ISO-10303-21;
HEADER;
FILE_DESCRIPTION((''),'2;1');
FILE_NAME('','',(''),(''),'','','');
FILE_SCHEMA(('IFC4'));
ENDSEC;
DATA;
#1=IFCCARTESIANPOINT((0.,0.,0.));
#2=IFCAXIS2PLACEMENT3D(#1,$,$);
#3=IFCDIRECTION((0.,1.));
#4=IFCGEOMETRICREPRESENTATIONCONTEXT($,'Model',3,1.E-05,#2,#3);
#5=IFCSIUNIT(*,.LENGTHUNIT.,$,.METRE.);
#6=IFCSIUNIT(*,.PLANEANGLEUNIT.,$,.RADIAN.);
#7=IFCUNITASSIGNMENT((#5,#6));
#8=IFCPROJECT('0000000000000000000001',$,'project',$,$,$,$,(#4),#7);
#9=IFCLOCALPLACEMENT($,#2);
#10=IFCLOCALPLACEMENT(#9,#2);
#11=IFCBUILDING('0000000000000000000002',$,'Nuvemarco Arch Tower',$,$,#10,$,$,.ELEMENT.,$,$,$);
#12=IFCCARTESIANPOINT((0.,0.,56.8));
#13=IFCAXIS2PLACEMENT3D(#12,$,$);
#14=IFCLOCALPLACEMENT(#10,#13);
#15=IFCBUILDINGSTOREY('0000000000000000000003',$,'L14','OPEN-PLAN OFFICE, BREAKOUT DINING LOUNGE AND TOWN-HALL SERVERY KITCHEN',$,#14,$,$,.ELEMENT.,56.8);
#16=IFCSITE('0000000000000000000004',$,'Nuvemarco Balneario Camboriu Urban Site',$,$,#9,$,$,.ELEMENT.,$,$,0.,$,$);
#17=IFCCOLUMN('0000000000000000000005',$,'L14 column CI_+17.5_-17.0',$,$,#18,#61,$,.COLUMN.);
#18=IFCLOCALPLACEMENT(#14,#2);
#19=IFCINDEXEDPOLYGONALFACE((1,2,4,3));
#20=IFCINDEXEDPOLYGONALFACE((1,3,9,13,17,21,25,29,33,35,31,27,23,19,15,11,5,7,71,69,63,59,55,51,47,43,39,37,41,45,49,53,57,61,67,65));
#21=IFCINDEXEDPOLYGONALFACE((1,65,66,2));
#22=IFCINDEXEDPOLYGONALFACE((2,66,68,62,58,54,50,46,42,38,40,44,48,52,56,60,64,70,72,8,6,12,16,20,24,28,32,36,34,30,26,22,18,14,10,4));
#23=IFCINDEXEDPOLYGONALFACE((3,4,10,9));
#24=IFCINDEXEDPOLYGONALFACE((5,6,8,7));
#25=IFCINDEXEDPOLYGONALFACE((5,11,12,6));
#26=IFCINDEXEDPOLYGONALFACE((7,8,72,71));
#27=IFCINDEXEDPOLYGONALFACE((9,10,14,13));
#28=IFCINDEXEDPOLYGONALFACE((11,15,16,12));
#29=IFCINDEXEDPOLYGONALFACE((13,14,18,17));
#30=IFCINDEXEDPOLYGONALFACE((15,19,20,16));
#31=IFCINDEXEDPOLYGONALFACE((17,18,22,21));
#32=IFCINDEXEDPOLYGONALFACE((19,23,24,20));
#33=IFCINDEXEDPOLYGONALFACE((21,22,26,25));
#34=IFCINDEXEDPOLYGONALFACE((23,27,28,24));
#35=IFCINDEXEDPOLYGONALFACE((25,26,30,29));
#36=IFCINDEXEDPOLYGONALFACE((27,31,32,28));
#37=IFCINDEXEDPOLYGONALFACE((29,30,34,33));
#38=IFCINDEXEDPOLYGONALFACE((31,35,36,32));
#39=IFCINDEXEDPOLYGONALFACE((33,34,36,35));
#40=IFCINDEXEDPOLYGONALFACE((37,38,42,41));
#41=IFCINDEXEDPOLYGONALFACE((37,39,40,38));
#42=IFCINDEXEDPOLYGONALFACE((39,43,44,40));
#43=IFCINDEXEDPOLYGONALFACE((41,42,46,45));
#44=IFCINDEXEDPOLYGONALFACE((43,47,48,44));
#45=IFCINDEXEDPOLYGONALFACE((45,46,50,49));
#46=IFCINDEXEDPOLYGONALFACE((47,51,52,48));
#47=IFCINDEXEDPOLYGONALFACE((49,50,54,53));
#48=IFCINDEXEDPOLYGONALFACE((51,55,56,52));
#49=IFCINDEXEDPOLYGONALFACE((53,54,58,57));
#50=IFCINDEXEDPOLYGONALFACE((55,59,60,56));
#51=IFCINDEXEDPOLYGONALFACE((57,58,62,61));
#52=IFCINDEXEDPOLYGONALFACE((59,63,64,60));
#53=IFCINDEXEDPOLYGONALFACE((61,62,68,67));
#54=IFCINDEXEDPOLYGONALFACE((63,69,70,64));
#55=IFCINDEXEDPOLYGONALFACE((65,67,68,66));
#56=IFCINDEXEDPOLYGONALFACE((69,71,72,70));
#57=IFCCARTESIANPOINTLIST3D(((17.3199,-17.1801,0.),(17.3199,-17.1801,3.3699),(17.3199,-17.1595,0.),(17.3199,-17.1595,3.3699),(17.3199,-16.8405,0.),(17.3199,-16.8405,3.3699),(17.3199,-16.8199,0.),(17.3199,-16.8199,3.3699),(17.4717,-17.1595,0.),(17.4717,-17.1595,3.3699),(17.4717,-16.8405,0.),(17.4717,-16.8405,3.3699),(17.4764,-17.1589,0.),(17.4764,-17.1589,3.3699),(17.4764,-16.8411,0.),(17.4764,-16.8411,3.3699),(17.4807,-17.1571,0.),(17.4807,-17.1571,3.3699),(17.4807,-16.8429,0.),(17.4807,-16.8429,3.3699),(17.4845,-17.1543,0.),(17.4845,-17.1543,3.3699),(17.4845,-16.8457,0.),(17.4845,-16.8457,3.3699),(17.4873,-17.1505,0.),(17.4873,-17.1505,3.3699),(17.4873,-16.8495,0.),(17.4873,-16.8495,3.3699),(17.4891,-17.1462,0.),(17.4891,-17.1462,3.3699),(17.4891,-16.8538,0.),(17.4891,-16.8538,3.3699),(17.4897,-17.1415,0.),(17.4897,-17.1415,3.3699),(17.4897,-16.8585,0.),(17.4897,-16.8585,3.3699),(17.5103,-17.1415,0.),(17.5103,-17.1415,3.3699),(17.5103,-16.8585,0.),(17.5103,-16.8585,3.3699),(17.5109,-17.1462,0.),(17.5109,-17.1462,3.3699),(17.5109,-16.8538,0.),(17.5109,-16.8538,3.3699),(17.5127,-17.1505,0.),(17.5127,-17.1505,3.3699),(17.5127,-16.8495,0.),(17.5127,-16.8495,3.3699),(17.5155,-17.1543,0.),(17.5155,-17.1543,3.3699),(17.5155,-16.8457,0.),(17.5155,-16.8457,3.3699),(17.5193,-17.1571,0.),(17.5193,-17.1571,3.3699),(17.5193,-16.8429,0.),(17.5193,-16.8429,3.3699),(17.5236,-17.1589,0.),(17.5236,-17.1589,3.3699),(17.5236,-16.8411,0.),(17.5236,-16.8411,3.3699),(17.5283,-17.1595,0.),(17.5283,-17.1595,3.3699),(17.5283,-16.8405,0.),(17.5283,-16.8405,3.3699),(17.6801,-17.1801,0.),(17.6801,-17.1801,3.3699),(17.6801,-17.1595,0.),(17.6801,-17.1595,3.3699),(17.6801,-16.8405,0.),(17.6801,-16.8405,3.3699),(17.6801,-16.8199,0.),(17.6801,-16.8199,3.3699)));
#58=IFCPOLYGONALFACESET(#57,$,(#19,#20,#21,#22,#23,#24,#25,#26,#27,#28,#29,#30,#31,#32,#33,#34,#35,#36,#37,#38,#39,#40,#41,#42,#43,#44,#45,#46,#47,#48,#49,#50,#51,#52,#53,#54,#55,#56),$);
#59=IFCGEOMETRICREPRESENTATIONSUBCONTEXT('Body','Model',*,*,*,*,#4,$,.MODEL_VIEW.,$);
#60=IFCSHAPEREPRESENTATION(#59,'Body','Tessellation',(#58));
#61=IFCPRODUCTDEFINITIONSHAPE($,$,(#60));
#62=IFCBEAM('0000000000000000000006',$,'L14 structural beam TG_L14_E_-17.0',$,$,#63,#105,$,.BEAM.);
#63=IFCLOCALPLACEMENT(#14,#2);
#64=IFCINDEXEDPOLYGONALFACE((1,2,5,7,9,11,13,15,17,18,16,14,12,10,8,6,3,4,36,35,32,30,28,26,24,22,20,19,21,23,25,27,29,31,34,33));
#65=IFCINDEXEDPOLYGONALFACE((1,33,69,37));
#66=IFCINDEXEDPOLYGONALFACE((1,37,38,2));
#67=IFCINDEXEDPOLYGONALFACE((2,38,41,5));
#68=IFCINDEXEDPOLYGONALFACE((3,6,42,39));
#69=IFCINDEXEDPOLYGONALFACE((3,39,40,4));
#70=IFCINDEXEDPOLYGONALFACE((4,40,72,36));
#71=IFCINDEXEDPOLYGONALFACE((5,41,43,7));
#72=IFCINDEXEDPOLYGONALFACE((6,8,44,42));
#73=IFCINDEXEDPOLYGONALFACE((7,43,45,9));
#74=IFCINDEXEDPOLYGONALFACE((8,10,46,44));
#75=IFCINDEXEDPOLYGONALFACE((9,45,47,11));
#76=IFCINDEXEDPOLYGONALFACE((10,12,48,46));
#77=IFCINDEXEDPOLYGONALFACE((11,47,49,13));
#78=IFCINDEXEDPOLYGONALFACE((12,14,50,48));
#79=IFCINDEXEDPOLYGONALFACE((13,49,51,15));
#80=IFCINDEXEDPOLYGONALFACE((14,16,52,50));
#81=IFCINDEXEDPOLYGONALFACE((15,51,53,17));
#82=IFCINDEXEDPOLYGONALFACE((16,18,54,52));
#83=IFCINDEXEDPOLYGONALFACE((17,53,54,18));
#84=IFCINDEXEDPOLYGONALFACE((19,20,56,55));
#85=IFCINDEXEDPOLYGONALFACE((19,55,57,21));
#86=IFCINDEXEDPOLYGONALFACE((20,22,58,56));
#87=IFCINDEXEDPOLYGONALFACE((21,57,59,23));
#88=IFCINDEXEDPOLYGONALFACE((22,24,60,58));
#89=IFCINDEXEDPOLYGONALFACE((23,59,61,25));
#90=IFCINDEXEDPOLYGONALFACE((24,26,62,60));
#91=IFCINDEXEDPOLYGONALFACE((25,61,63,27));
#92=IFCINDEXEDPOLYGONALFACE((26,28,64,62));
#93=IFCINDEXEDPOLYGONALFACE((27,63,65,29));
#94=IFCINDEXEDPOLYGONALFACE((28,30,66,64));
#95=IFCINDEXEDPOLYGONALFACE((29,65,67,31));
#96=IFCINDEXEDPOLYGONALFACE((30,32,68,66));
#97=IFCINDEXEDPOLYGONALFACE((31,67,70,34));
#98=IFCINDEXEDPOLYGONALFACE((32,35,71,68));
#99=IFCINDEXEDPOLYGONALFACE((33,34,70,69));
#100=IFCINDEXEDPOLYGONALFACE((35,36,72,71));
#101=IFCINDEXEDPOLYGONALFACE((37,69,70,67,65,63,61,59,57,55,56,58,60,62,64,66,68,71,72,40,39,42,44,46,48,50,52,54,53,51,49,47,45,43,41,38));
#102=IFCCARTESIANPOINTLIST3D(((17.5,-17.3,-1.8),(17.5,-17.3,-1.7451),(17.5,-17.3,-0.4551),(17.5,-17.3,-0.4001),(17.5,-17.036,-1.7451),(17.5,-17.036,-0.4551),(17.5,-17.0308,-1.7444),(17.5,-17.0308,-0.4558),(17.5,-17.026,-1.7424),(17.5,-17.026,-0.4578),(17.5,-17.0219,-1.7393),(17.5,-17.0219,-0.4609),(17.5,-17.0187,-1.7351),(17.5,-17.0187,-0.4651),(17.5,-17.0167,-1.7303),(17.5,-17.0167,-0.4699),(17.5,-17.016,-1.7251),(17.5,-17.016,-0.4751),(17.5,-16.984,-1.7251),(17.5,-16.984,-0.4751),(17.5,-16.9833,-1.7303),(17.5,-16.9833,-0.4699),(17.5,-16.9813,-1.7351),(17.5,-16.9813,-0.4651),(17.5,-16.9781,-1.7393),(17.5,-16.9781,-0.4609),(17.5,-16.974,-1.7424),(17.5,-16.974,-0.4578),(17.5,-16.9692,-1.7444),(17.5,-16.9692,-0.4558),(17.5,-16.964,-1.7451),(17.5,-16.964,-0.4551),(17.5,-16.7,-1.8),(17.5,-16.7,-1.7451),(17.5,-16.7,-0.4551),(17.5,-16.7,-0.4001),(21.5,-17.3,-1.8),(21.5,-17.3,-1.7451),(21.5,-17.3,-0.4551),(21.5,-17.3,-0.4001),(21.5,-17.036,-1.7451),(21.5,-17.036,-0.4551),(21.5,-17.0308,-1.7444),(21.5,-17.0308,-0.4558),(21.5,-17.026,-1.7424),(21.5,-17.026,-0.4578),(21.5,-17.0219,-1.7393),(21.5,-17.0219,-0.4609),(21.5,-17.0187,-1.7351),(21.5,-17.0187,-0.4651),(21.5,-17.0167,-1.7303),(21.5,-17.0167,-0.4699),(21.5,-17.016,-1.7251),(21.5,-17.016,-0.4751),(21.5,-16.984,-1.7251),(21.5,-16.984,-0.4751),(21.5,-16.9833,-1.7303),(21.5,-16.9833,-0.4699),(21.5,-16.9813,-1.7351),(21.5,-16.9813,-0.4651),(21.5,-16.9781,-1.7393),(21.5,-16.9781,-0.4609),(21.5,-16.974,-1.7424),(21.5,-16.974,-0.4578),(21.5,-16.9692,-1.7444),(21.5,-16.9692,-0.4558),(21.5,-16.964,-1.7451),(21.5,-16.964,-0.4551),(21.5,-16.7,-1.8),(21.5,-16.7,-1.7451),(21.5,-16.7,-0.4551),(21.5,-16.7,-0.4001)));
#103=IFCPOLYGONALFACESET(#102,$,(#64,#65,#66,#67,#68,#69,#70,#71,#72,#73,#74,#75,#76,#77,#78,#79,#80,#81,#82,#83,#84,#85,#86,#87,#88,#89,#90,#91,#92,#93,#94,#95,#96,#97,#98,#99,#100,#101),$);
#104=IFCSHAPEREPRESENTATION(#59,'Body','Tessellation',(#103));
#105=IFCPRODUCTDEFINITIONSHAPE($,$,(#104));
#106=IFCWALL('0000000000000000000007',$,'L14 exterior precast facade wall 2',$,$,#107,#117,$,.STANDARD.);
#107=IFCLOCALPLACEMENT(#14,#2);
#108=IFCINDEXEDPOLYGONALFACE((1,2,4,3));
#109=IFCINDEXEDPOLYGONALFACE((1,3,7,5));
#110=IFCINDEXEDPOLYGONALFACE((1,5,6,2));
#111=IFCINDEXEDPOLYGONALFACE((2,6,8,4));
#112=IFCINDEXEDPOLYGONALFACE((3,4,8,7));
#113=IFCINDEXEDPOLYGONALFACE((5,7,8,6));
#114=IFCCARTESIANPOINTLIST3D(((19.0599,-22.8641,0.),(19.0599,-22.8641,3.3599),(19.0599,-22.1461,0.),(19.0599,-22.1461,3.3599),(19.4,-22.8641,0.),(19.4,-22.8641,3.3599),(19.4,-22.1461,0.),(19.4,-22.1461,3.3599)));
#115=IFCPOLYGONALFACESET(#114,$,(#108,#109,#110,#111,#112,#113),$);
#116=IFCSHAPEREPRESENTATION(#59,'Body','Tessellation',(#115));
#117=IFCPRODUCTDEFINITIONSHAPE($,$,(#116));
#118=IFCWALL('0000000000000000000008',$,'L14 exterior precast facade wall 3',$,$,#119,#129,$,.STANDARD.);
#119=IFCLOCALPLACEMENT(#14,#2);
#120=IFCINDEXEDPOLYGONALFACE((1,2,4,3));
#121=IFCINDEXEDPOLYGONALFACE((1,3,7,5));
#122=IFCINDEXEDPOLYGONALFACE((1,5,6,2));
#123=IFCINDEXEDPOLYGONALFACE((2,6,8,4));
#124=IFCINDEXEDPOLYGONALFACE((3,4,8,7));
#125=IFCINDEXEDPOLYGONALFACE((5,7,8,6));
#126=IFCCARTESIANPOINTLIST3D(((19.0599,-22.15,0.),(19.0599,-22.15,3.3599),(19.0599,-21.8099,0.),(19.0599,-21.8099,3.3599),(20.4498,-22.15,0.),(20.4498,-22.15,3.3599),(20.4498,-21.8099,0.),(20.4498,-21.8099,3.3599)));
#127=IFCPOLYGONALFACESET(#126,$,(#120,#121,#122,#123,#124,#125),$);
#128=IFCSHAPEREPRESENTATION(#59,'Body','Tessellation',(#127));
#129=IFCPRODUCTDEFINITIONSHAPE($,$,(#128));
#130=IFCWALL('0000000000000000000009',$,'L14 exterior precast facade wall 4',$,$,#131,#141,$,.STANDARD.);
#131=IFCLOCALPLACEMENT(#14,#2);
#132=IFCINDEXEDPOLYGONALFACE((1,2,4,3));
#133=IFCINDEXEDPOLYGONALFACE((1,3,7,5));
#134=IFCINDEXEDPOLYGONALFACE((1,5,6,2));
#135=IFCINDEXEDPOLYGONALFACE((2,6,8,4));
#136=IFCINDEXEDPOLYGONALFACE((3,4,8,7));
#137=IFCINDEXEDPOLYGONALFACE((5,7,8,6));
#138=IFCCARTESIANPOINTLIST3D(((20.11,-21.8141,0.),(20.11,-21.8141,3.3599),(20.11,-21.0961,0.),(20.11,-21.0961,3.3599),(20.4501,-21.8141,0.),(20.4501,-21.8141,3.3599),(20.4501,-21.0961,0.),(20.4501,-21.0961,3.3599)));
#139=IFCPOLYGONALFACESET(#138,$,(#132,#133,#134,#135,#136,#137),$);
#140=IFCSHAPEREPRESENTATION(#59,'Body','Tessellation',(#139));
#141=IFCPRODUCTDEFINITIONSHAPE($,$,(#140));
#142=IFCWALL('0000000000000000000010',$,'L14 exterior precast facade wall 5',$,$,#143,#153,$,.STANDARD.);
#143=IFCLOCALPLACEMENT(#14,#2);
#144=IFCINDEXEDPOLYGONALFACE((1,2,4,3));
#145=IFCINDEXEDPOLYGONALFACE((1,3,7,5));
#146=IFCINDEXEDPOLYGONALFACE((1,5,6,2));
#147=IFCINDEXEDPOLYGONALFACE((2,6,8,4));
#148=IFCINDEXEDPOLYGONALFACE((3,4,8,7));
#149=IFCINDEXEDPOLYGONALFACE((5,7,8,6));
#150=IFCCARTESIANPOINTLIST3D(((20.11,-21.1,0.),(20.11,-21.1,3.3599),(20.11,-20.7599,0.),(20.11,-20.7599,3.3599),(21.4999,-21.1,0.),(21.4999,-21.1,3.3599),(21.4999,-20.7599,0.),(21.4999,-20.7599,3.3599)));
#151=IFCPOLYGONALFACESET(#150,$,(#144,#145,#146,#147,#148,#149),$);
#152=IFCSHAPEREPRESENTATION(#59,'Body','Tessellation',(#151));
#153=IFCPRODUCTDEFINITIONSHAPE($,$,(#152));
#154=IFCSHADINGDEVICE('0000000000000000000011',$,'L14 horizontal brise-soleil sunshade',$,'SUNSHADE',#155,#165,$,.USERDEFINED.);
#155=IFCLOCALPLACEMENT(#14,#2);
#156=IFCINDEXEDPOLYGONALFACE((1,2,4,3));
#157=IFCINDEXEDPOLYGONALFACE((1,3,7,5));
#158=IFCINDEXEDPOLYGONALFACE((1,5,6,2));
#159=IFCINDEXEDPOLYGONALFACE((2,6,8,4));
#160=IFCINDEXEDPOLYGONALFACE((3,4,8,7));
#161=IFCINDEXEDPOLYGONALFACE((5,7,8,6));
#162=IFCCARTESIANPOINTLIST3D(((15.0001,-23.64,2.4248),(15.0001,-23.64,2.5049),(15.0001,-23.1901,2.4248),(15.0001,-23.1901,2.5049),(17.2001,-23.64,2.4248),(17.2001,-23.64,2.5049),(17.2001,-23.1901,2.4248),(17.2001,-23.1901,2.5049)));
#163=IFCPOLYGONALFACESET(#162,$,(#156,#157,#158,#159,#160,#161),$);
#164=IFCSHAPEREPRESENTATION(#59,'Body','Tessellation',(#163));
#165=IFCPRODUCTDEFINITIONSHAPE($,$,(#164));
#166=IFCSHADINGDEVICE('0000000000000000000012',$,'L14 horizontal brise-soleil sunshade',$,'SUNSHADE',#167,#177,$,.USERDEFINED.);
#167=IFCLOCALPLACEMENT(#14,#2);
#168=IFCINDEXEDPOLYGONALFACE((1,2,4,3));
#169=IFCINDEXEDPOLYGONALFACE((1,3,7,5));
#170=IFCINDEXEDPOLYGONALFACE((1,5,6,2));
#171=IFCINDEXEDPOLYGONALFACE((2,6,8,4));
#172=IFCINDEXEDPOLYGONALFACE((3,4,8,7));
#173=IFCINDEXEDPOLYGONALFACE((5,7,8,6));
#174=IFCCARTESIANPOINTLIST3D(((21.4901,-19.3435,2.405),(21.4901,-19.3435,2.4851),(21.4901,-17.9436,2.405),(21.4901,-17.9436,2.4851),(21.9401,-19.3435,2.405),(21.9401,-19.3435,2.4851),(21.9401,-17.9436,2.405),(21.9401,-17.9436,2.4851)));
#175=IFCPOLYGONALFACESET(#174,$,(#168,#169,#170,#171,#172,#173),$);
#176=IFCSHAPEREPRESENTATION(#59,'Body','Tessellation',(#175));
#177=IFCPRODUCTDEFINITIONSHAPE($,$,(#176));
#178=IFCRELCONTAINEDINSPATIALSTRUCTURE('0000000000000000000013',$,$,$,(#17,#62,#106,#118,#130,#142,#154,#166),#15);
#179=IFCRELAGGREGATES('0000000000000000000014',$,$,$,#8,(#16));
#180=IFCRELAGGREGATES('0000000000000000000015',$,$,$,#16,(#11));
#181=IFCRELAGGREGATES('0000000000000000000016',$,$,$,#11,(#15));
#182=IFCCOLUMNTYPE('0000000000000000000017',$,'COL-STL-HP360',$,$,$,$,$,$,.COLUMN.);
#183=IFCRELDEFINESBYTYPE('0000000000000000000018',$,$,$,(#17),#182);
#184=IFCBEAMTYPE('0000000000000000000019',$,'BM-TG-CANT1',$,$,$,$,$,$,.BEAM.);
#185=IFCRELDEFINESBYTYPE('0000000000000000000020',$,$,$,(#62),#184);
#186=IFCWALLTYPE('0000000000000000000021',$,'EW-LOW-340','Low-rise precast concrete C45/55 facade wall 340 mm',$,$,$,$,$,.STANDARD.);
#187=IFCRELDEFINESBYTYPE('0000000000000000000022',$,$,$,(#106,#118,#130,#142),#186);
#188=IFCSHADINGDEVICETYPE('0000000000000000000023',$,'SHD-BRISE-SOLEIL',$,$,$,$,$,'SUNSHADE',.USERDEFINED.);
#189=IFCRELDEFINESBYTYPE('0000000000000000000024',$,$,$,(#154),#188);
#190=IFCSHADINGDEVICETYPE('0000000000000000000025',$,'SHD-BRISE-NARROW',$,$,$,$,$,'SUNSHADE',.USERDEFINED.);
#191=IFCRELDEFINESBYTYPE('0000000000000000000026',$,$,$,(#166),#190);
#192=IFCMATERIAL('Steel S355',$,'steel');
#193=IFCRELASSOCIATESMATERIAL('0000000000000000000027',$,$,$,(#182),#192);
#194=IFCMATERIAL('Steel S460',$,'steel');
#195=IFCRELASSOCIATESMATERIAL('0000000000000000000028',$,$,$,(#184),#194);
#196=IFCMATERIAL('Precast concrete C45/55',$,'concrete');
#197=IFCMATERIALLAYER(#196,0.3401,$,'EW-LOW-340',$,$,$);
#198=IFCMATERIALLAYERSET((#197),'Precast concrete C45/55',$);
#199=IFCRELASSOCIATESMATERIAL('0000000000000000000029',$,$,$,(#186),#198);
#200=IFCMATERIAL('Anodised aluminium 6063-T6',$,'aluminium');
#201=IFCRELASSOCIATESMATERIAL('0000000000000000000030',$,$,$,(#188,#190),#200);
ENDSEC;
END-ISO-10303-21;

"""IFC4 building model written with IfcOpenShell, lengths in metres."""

from ifc_helpers import new_model, si_unit, direction, frame, frame_2d, origin, origin_2d, place, context, subcontext, project, spatial, rectangle, i_section, extrude, source, transform, mapped, material, layer, layer_set, material_profile, profile_set, type_object, type_shapes, element, save


model = new_model("IFC4")

# Units and contexts
model_context = context("Model", 3, precision=1e-05, world=origin(), true_north=direction((0.0, 1.0)))
body_context = subcontext(model_context, "Body", "Model", "MODEL_VIEW")
ifc_project = project(units=[si_unit("LENGTHUNIT", "METRE"), si_unit("PLANEANGLEUNIT", "RADIAN")], contexts=[model_context])

# Site, building, storey
site_placement = place(None, origin())
site = spatial("IfcSite", under=ifc_project, at=site_placement, Name="Nuvemarco Balneario Camboriu Urban Site", CompositionType="ELEMENT", RefElevation=0.0)
building_placement = place(site_placement, origin())
building = spatial("IfcBuilding", under=site, at=building_placement, Name="Nuvemarco Arch Tower", CompositionType="ELEMENT")
storey_placement = place(building_placement, frame((0.0, 0.0, 56.8)))
storey = spatial("IfcBuildingStorey", under=building, at=storey_placement, Name="L14", Description="OPEN-PLAN OFFICE, BREAKOUT DINING LOUNGE AND TOWN-HALL SERVERY KITCHEN", CompositionType="ELEMENT", Elevation=56.8)

# Column
ifc_material_1 = material(Name="Steel S355", Category="steel")
ifc_material_profile_1 = material_profile(ifc_material_1, i_section(OverallWidth=0.3601, OverallDepth=0.3601, WebThickness=0.0205, FlangeThickness=0.0205, FilletRadius=0.0181, at=origin_2d()), Name="HP360x174")
ifc_profile_set_1 = profile_set([ifc_material_profile_1], Name="Steel S355")
column_type = type_object("IfcColumnType", Name="COL-STL-HP360", PredefinedType="COLUMN", material=ifc_profile_set_1)
column_placement = place(storey_placement, frame((17.5, -17.0, 0.0), z_axis=(0.0, 0.0, 1.0), x_axis=(1.0, 0.0, 0.0)))
element("IfcColumn", 1, at=column_placement, inside=storey, type_object=column_type, Name="L14 column CI_+17.5_-17.0", PredefinedType="COLUMN", context=body_context, shape_type="SweptSolid", body=[
    extrude(i_section(OverallWidth=0.3601, OverallDepth=0.3601, WebThickness=0.0205, FlangeThickness=0.0205, FilletRadius=0.0181, at=origin_2d()), origin(), (0.0, 0.0, 1.0), 3.3699),
])

# Beam
ifc_material_2 = material(Name="Steel S460", Category="steel")
ifc_material_profile_2 = material_profile(ifc_material_2, i_section(OverallWidth=0.6001, OverallDepth=1.3999, WebThickness=0.032, FlangeThickness=0.0549, FilletRadius=0.02, at=origin_2d()), Name="PG1400x600")
ifc_profile_set_2 = profile_set([ifc_material_profile_2], Name="Steel S460")
beam_type = type_object("IfcBeamType", Name="BM-TG-CANT1", PredefinedType="BEAM", material=ifc_profile_set_2)
beam_placement = place(storey_placement, frame((17.5, -17.0, -1.1001), z_axis=(1.0, 0.0, 0.0), x_axis=(0.0, 1.0, 0.0)))
element("IfcBeam", 2, at=beam_placement, inside=storey, type_object=beam_type, Name="L14 structural beam TG_L14_E_-17.0", PredefinedType="BEAM", context=body_context, shape_type="SweptSolid", body=[
    extrude(i_section(OverallWidth=0.6001, OverallDepth=1.3999, WebThickness=0.032, FlangeThickness=0.0549, FilletRadius=0.02, at=origin_2d()), origin(), (0.0, 0.0, 1.0), 4.0),
])

# Walls
ifc_material_3 = material(Name="Precast concrete C45/55", Category="concrete")
ifc_layer = layer(ifc_material_3, 0.3401, Name="EW-LOW-340")
ifc_layer_set = layer_set([ifc_layer], Name="Precast concrete C45/55")
wall_type = type_object("IfcWallType", Name="EW-LOW-340", Description="Low-rise precast concrete C45/55 facade wall 340 mm", PredefinedType="STANDARD", material=ifc_layer_set)
wall_1_placement = place(storey_placement, frame((19.23, -22.864, 0.0), z_axis=(0.0, 0.0, 1.0), x_axis=(0.0, 1.0, 0.0)))
element("IfcWall", 3, at=wall_1_placement, inside=storey, type_object=wall_type, Name="L14 exterior precast facade wall 2", PredefinedType="STANDARD", context=body_context, shape_type="SweptSolid", body=[
    extrude(rectangle(XDim=0.718, YDim=0.3401, at=frame_2d((0.3589, 0.0))), origin(), (0.0, 0.0, 1.0), 3.3599),
])
wall_2_placement = place(storey_placement, frame((19.0601, -21.98, 0.0), z_axis=(0.0, 0.0, 1.0), x_axis=(1.0, 0.0, 0.0)))
element("IfcWall", 4, at=wall_2_placement, inside=storey, type_object=wall_type, Name="L14 exterior precast facade wall 3", PredefinedType="STANDARD", context=body_context, shape_type="SweptSolid", body=[
    extrude(rectangle(XDim=1.3899, YDim=0.3401, at=frame_2d((0.6948, 0.0))), origin(), (0.0, 0.0, 1.0), 3.3599),
])
wall_3_placement = place(storey_placement, frame((20.28, -21.814, 0.0), z_axis=(0.0, 0.0, 1.0), x_axis=(0.0, 1.0, 0.0)))
element("IfcWall", 5, at=wall_3_placement, inside=storey, type_object=wall_type, Name="L14 exterior precast facade wall 4", PredefinedType="STANDARD", context=body_context, shape_type="SweptSolid", body=[
    extrude(rectangle(XDim=0.718, YDim=0.3401, at=frame_2d((0.3589, 0.0))), origin(), (0.0, 0.0, 1.0), 3.3599),
])
wall_4_placement = place(storey_placement, frame((20.1101, -20.9299, 0.0), z_axis=(0.0, 0.0, 1.0), x_axis=(1.0, 0.0, 0.0)))
element("IfcWall", 6, at=wall_4_placement, inside=storey, type_object=wall_type, Name="L14 exterior precast facade wall 5", PredefinedType="STANDARD", context=body_context, shape_type="SweptSolid", body=[
    extrude(rectangle(XDim=1.3899, YDim=0.3401, at=frame_2d((0.6948, 0.0))), origin(), (0.0, 0.0, 1.0), 3.3599),
])

# Shading devices
ifc_material_4 = material(Name="Anodised aluminium 6063-T6", Category="aluminium")
shading_device_type_1 = type_object("IfcShadingDeviceType", Name="SHD-BRISE-SOLEIL", ElementType="SUNSHADE", PredefinedType="USERDEFINED", material=ifc_material_4)
shared_shape_1 = source(origin(), body_context, "Body", "SweptSolid", [
    extrude(rectangle(XDim=2.2, YDim=0.45, at=origin_2d()), origin(), (0.0, 0.0, 1.0), 0.0801),
])
type_shapes(shading_device_type_1, [shared_shape_1])
shading_device_1_placement = place(storey_placement, frame((16.1001, -23.415, 2.4248), z_axis=(0.0, 0.0, 1.0), x_axis=(1.0, 0.0, 0.0)))
element("IfcShadingDevice", 7, at=shading_device_1_placement, inside=storey, type_object=shading_device_type_1, Name="L14 horizontal brise-soleil sunshade", ObjectType="SUNSHADE", PredefinedType="USERDEFINED", context=body_context, shape_type="MappedRepresentation", body=[
    mapped(shared_shape_1, transform((0.0, 0.0, 0.0), scale=1.0)),
])
shading_device_type_2 = type_object("IfcShadingDeviceType", Name="SHD-BRISE-NARROW", ElementType="SUNSHADE", PredefinedType="USERDEFINED", material=ifc_material_4)
shared_shape_2 = source(origin(), body_context, "Body", "SweptSolid", [
    extrude(rectangle(XDim=1.3999, YDim=0.45, at=origin_2d()), origin(), (0.0, 0.0, 1.0), 0.0801),
])
type_shapes(shading_device_type_2, [shared_shape_2])
shading_device_2_placement = place(storey_placement, frame((21.7151, -18.6436, 2.405), z_axis=(0.0, 0.0, 1.0), x_axis=(0.0, 1.0, 0.0)))
element("IfcShadingDevice", 8, at=shading_device_2_placement, inside=storey, type_object=shading_device_type_2, Name="L14 horizontal brise-soleil sunshade", ObjectType="SUNSHADE", PredefinedType="USERDEFINED", context=body_context, shape_type="MappedRepresentation", body=[
    mapped(shared_shape_2, transform((0.0, 0.0, 0.0), scale=1.0)),
])

save(model, "model.ifc")
